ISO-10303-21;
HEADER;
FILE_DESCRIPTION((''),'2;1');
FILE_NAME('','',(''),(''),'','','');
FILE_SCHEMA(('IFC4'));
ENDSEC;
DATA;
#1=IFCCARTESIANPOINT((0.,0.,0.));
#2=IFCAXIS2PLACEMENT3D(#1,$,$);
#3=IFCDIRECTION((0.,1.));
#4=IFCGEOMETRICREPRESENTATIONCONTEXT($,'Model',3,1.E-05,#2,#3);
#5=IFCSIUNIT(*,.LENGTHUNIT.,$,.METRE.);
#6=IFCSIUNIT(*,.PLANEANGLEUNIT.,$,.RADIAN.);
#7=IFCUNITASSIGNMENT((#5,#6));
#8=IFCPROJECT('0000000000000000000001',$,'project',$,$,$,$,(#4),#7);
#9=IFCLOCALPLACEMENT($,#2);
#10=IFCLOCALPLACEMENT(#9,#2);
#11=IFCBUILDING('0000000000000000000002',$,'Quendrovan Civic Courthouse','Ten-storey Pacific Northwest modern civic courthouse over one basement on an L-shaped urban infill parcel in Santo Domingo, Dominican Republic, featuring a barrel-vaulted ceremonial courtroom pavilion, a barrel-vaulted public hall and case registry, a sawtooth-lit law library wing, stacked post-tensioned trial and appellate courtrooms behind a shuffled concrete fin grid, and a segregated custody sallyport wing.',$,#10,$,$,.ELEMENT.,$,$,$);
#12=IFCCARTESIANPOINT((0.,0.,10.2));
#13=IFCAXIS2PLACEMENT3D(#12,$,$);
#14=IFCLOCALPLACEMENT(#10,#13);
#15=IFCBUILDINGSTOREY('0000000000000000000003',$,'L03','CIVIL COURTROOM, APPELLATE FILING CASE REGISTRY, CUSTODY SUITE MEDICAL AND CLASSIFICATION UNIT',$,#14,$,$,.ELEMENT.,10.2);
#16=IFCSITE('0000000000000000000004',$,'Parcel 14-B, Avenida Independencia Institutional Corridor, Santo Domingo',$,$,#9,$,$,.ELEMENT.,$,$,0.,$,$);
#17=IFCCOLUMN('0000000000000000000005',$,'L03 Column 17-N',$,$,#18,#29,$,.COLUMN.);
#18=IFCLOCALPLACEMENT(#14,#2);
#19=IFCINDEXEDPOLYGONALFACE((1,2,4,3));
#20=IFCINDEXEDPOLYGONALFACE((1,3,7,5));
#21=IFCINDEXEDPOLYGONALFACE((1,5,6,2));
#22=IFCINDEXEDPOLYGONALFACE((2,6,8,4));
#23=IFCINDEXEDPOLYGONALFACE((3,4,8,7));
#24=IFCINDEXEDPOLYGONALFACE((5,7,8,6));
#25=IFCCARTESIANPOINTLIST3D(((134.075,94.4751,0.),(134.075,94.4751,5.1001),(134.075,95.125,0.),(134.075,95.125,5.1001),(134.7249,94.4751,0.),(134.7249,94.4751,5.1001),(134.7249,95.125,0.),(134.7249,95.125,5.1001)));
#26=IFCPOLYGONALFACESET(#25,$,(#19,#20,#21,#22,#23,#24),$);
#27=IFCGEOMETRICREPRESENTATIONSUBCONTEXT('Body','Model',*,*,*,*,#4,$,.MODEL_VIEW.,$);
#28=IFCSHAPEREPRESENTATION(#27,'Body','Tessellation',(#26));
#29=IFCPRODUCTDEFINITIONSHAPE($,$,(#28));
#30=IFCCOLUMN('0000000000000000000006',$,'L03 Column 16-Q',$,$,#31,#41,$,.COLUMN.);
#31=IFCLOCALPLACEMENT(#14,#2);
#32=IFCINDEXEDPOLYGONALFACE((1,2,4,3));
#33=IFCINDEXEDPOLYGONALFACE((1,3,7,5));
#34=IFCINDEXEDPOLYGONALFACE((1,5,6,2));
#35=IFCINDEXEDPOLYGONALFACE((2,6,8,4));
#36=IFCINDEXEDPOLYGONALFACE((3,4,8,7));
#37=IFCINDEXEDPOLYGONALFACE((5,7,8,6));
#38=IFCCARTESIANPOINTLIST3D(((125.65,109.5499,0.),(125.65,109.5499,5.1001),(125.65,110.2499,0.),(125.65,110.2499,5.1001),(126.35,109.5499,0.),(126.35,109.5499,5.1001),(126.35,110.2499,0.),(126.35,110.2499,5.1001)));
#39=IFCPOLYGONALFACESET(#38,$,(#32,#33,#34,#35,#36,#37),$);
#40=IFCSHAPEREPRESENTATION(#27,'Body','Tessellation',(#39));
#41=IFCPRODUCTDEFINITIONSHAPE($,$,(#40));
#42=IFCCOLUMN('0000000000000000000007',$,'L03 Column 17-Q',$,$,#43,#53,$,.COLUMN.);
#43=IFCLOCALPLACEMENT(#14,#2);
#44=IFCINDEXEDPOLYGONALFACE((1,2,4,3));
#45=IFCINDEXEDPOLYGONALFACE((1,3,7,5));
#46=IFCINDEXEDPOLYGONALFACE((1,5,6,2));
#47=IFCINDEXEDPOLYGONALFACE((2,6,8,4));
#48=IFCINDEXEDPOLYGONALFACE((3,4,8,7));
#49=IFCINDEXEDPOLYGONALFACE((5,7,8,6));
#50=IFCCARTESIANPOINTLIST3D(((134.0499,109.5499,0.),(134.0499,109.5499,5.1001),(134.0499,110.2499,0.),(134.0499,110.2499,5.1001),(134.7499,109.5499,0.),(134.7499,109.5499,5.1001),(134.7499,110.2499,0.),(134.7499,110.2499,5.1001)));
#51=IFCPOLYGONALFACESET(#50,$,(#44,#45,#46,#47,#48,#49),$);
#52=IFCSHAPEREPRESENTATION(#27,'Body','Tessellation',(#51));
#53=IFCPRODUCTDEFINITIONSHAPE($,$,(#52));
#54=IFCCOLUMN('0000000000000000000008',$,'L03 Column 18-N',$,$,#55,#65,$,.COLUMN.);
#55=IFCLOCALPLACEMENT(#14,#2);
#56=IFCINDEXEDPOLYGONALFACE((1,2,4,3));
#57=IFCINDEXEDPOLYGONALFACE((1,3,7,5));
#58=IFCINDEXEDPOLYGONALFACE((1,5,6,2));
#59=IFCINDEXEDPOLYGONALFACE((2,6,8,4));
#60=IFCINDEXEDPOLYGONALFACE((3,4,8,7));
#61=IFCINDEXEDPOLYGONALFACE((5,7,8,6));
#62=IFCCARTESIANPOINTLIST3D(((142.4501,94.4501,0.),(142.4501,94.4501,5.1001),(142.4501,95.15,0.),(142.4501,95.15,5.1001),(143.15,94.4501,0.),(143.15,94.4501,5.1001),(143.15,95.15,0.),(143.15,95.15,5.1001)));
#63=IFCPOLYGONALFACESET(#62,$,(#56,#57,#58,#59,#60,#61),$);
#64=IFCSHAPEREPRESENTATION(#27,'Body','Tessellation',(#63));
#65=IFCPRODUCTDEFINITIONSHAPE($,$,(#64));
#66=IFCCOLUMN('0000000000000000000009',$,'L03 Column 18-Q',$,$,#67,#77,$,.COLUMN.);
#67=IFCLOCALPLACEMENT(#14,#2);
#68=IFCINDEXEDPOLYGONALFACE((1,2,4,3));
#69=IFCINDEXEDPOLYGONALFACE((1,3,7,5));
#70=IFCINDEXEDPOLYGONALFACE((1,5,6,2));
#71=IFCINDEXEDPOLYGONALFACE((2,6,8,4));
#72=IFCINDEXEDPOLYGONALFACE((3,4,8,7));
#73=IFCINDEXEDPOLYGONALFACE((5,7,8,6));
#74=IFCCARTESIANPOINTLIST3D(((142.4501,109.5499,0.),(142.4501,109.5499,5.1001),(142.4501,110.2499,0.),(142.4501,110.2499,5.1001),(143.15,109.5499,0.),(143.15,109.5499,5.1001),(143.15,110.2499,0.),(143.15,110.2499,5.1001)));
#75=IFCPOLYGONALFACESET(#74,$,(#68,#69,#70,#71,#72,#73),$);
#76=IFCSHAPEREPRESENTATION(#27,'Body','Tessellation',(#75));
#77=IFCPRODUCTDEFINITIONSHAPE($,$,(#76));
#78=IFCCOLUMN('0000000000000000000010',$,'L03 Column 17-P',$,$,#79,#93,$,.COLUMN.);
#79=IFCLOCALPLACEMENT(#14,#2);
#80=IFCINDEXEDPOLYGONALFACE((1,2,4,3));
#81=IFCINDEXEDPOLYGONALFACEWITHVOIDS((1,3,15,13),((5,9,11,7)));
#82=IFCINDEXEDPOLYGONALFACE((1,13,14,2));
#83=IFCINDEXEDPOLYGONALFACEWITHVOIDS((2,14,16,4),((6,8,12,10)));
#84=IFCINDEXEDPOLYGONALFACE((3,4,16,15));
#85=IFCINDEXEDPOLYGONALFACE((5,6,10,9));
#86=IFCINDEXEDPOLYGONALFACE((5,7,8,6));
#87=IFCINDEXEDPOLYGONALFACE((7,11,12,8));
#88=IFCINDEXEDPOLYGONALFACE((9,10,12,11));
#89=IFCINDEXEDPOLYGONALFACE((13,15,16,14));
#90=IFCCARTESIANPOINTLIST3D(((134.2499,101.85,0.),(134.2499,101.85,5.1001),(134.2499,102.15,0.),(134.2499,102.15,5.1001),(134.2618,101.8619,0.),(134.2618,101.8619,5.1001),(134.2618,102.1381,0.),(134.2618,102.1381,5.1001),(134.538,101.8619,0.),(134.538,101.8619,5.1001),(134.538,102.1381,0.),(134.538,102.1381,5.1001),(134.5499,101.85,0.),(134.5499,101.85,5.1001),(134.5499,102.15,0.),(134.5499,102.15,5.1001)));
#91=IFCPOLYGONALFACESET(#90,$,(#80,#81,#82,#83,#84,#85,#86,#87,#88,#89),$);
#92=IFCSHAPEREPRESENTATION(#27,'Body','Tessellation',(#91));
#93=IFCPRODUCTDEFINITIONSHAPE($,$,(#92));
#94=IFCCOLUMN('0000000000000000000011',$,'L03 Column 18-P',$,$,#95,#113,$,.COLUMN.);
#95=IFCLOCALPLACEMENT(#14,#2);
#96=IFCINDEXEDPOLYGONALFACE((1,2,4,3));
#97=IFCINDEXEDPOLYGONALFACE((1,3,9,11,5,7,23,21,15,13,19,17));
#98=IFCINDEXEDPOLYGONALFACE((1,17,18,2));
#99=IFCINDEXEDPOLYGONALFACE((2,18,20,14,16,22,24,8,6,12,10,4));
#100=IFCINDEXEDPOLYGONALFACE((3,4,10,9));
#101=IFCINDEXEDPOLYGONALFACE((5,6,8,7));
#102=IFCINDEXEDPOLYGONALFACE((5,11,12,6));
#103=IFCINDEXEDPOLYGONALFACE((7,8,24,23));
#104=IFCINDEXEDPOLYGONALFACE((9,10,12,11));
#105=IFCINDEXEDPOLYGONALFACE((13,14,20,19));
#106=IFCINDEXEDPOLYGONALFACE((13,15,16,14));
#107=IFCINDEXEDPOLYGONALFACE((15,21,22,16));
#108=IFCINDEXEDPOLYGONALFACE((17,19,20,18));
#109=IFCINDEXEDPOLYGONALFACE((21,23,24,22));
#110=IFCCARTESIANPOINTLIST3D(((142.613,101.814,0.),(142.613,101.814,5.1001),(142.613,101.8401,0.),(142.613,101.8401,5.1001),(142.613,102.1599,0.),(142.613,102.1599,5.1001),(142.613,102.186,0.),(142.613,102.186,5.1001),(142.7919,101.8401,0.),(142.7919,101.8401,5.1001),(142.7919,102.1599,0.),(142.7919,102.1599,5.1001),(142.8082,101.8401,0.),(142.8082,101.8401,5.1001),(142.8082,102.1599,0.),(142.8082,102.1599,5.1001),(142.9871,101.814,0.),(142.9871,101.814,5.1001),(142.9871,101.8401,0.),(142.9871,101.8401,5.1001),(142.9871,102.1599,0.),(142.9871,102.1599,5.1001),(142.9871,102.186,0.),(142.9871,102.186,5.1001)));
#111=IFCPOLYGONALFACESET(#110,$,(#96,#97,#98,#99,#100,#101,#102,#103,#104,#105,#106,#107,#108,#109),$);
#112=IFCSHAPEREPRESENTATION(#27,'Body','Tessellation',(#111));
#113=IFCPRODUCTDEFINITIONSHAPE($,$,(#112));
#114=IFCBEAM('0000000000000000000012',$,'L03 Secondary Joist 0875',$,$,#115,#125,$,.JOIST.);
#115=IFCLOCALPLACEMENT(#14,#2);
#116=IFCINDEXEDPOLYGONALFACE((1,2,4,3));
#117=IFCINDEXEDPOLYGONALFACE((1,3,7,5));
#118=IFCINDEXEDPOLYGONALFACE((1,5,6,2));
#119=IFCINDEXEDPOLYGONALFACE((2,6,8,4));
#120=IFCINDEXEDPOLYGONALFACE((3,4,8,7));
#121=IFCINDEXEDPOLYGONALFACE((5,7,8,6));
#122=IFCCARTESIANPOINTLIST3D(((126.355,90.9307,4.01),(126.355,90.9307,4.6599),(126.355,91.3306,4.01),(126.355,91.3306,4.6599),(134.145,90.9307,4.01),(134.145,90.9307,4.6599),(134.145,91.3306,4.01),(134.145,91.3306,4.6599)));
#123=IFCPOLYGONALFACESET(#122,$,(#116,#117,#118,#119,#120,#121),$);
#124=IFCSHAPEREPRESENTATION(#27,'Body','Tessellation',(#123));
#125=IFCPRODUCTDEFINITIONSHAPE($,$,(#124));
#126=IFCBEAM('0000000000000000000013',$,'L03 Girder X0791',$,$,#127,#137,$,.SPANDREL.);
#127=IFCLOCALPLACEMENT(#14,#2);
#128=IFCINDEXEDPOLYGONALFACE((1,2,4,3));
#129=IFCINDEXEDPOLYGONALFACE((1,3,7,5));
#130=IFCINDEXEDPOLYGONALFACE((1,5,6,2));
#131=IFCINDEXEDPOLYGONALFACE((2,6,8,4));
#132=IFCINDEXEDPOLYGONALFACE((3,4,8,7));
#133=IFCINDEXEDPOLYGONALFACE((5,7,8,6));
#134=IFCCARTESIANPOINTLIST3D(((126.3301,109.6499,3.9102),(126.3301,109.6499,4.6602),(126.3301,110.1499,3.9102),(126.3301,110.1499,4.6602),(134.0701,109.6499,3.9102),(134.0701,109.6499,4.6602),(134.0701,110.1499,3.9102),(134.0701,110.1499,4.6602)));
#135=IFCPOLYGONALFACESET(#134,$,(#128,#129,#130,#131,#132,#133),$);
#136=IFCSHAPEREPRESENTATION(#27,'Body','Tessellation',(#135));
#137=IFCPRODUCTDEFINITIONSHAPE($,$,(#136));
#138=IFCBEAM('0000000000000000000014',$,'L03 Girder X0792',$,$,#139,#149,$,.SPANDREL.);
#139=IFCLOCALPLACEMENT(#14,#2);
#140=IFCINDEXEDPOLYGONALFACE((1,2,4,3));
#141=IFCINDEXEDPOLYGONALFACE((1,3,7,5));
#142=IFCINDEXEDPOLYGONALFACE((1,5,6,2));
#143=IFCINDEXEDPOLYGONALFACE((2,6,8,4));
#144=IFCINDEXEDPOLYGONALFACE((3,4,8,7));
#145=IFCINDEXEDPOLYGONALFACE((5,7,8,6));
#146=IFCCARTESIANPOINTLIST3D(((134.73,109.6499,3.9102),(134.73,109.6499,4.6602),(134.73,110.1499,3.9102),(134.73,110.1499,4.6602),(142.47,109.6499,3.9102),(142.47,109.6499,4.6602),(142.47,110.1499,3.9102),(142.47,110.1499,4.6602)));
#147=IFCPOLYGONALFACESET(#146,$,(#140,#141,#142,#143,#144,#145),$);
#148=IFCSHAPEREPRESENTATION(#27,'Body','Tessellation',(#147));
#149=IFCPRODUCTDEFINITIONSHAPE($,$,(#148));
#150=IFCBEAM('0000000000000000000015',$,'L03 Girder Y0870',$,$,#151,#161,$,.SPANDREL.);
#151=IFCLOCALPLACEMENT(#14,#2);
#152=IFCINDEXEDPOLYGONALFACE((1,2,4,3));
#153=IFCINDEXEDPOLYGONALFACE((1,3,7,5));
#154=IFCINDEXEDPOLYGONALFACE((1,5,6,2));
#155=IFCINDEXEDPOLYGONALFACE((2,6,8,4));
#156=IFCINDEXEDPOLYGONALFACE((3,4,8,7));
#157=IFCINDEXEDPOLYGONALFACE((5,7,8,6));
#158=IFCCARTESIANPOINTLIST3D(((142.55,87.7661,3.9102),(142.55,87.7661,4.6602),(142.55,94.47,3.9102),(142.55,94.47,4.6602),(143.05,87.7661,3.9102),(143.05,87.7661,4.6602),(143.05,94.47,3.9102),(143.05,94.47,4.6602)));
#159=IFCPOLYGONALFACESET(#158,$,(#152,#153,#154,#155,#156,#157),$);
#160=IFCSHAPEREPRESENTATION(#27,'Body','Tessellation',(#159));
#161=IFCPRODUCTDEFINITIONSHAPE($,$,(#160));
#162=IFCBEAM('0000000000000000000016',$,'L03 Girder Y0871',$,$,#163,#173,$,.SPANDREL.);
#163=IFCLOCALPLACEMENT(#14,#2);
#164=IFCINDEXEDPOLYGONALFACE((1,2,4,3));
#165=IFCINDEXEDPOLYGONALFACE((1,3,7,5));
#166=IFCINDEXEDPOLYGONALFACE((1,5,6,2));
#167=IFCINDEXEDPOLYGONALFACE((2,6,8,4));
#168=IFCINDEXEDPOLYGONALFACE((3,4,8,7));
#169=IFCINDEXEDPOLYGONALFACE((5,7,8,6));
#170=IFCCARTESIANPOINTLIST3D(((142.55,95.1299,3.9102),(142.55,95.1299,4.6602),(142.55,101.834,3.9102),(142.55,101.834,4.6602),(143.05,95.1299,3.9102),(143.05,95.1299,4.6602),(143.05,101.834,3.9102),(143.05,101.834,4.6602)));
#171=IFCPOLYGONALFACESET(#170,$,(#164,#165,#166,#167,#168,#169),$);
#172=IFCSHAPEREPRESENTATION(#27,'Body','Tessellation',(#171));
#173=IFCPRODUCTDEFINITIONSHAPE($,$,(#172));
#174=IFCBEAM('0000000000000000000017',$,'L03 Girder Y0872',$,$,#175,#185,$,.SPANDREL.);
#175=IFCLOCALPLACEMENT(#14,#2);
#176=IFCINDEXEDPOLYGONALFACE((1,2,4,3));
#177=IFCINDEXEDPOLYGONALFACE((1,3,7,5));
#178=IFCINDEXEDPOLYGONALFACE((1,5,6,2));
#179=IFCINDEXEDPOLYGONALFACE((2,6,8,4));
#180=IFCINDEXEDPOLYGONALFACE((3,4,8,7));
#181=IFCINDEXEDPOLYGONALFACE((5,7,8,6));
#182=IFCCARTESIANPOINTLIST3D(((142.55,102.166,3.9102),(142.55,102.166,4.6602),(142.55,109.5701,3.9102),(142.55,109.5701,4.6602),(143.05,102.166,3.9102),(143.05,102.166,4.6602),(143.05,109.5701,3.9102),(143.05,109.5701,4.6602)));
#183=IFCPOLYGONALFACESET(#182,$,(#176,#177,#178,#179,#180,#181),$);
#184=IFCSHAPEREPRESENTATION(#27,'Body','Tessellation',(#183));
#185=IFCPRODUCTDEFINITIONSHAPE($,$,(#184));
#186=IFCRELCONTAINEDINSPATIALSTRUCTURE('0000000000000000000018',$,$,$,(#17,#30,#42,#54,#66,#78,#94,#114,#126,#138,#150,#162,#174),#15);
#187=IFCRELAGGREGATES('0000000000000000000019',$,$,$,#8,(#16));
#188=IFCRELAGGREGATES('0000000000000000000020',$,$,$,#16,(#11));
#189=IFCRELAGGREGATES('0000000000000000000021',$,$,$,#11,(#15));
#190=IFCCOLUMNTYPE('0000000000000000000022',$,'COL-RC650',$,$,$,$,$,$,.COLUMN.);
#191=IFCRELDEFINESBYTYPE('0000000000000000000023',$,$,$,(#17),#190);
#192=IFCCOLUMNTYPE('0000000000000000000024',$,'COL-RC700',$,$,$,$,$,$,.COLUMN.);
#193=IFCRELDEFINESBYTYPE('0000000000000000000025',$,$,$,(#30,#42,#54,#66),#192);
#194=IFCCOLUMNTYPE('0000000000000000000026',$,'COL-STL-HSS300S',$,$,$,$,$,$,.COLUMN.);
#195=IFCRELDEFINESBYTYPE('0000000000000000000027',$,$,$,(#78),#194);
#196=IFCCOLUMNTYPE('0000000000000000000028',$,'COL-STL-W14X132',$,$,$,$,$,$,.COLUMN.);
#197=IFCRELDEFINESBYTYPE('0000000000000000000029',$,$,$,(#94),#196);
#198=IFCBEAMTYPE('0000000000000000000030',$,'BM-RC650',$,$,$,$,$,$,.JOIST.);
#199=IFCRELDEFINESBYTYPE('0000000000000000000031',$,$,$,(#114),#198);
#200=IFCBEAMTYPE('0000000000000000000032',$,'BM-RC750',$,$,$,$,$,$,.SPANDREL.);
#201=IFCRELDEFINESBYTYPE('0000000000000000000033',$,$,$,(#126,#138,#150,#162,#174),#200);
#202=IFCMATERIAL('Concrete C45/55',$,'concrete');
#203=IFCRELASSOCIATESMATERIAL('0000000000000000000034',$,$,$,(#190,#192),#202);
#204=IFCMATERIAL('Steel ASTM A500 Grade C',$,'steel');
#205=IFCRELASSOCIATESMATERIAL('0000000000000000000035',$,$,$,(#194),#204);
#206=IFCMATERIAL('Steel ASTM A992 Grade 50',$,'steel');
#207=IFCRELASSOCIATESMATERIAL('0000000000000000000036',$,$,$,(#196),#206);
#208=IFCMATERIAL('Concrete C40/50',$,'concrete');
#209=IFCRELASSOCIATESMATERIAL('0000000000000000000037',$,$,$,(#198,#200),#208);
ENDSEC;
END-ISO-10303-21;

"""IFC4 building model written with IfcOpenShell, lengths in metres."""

from ifc_helpers import new_model, si_unit, direction, frame, origin, origin_2d, place, context, subcontext, project, spatial, rectangle, hollow_rectangle, i_section, extrude, material, material_profile, profile_set, type_object, element, save


model = new_model("IFC4")

# Units and contexts
model_context = context("Model", 3, precision=1e-05, world=origin(), true_north=direction((0.0, 1.0)))
body_context = subcontext(model_context, "Body", "Model", "MODEL_VIEW")
ifc_project = project(units=[si_unit("LENGTHUNIT", "METRE"), si_unit("PLANEANGLEUNIT", "RADIAN")], contexts=[model_context])

# Site, building, storey
site_placement = place(None, origin())
site = spatial("IfcSite", under=ifc_project, at=site_placement, Name="Parcel 14-B, Avenida Independencia Institutional Corridor, Santo Domingo", CompositionType="ELEMENT", RefElevation=0.0)
building_placement = place(site_placement, origin())
building = spatial("IfcBuilding", under=site, at=building_placement, Name="Quendrovan Civic Courthouse", Description="Ten-storey Pacific Northwest modern civic courthouse over one basement on an L-shaped urban infill parcel in Santo Domingo, Dominican Republic, featuring a barrel-vaulted ceremonial courtroom pavilion, a barrel-vaulted public hall and case registry, a sawtooth-lit law library wing, stacked post-tensioned trial and appellate courtrooms behind a shuffled concrete fin grid, and a segregated custody sallyport wing.", CompositionType="ELEMENT")
storey_placement = place(building_placement, frame((0.0, 0.0, 10.2)))
storey = spatial("IfcBuildingStorey", under=building, at=storey_placement, Name="L03", Description="CIVIL COURTROOM, APPELLATE FILING CASE REGISTRY, CUSTODY SUITE MEDICAL AND CLASSIFICATION UNIT", CompositionType="ELEMENT", Elevation=10.2)

# Columns
ifc_material_1 = material(Name="Concrete C45/55", Category="concrete")
ifc_material_profile_1 = material_profile(ifc_material_1, rectangle(XDim=0.6499, YDim=0.6499, at=origin_2d()), Name="RC-COL-650x650")
ifc_profile_set_1 = profile_set([ifc_material_profile_1], Name="Concrete C45/55")
column_type_1 = type_object("IfcColumnType", Name="COL-RC650", PredefinedType="COLUMN", material=ifc_profile_set_1)
column_1_placement = place(storey_placement, frame((134.3999, 94.8, 0.0), z_axis=(0.0, 0.0, 1.0), x_axis=(1.0, 0.0, 0.0)))
element("IfcColumn", 1, at=column_1_placement, inside=storey, type_object=column_type_1, Name="L03 Column 17-N", PredefinedType="COLUMN", context=body_context, shape_type="SweptSolid", body=[
    extrude(rectangle(XDim=0.6499, YDim=0.6499, at=origin_2d()), origin(), (0.0, 0.0, 1.0), 5.1001),
])
ifc_material_profile_2 = material_profile(ifc_material_1, rectangle(XDim=0.7, YDim=0.7, at=origin_2d()), Name="RC-COL-700x700")
ifc_profile_set_2 = profile_set([ifc_material_profile_2], Name="Concrete C45/55")
column_type_2 = type_object("IfcColumnType", Name="COL-RC700", PredefinedType="COLUMN", material=ifc_profile_set_2)
for number, where, z_axis, x_axis, name in (
    (2, (126.0, 109.8999, 0.0), (0.0, 0.0, 1.0), (1.0, 0.0, 0.0), "L03 Column 16-Q"),
    (3, (134.3999, 109.8999, 0.0), (0.0, 0.0, 1.0), (1.0, 0.0, 0.0), "L03 Column 17-Q"),
    (4, (142.8, 94.8, 0.0), (0.0, 0.0, 1.0), (1.0, 0.0, 0.0), "L03 Column 18-N"),
    (5, (142.8, 109.8999, 0.0), (0.0, 0.0, 1.0), (1.0, 0.0, 0.0), "L03 Column 18-Q"),
):
    element("IfcColumn", number, at=place(storey_placement, frame(where, z_axis=z_axis, x_axis=x_axis)), inside=storey, type_object=column_type_2, Name=name, PredefinedType="COLUMN", context=body_context, shape_type="SweptSolid", body=[
        extrude(rectangle(XDim=0.7, YDim=0.7, at=origin_2d()), origin(), (0.0, 0.0, 1.0), 5.1001),
    ])
ifc_material_2 = material(Name="Steel ASTM A500 Grade C", Category="steel")
ifc_material_profile_3 = material_profile(ifc_material_2, hollow_rectangle(XDim=0.3, YDim=0.3, WallThickness=0.012, at=origin_2d()), Name="HSS300x300x12")
ifc_profile_set_3 = profile_set([ifc_material_profile_3], Name="Steel ASTM A500 Grade C")
column_type_3 = type_object("IfcColumnType", Name="COL-STL-HSS300S", PredefinedType="COLUMN", material=ifc_profile_set_3)
column_2_placement = place(storey_placement, frame((134.3999, 102.0, 0.0), z_axis=(0.0, 0.0, 1.0), x_axis=(1.0, 0.0, 0.0)))
element("IfcColumn", 6, at=column_2_placement, inside=storey, type_object=column_type_3, Name="L03 Column 17-P", PredefinedType="COLUMN", context=body_context, shape_type="SweptSolid", body=[
    extrude(hollow_rectangle(XDim=0.3, YDim=0.3, WallThickness=0.012, at=origin_2d()), origin(), (0.0, 0.0, 1.0), 5.1001),
])
ifc_material_3 = material(Name="Steel ASTM A992 Grade 50", Category="steel")
ifc_material_profile_4 = material_profile(ifc_material_3, i_section(OverallWidth=0.374, OverallDepth=0.3721, WebThickness=0.0164, FlangeThickness=0.0261, at=origin_2d()), Name="W14X132")
ifc_profile_set_4 = profile_set([ifc_material_profile_4], Name="Steel ASTM A992 Grade 50")
column_type_4 = type_object("IfcColumnType", Name="COL-STL-W14X132", PredefinedType="COLUMN", material=ifc_profile_set_4)
column_3_placement = place(storey_placement, frame((142.8, 102.0, 0.0), z_axis=(0.0, 0.0, 1.0), x_axis=(1.0, 0.0, 0.0)))
element("IfcColumn", 7, at=column_3_placement, inside=storey, type_object=column_type_4, Name="L03 Column 18-P", PredefinedType="COLUMN", context=body_context, shape_type="SweptSolid", body=[
    extrude(i_section(OverallWidth=0.374, OverallDepth=0.3721, WebThickness=0.0164, FlangeThickness=0.0261, at=origin_2d()), origin(), (0.0, 0.0, 1.0), 5.1001),
])

# Beams
ifc_material_4 = material(Name="Concrete C40/50", Category="concrete")
ifc_material_profile_5 = material_profile(ifc_material_4, rectangle(XDim=0.3999, YDim=0.6499, at=origin_2d()), Name="RC-BM-400x650")
ifc_profile_set_5 = profile_set([ifc_material_profile_5], Name="Concrete C40/50")
beam_type_1 = type_object("IfcBeamType", Name="BM-RC650", PredefinedType="JOIST", material=ifc_profile_set_5)
beam_1_placement = place(storey_placement, frame((126.355, 91.1306, 4.335), z_axis=(1.0, 0.0, 0.0), x_axis=(0.0, 1.0, 0.0)))
element("IfcBeam", 8, at=beam_1_placement, inside=storey, type_object=beam_type_1, Name="L03 Secondary Joist 0875", PredefinedType="JOIST", context=body_context, shape_type="SweptSolid", body=[
    extrude(rectangle(XDim=0.3999, YDim=0.6499, at=origin_2d()), origin(), (0.0, 0.0, 1.0), 7.79),
])
ifc_material_profile_6 = material_profile(ifc_material_4, rectangle(XDim=0.5, YDim=0.75, at=origin_2d()), Name="RC-BM-500x750")
ifc_profile_set_6 = profile_set([ifc_material_profile_6], Name="Concrete C40/50")
beam_type_2 = type_object("IfcBeamType", Name="BM-RC750", PredefinedType="SPANDREL", material=ifc_profile_set_6)
for number, where, z_axis, x_axis, name in (
    (9, (126.3301, 109.8999, 4.2852), (1.0, 0.0, 0.0), (0.0, 1.0, 0.0), "L03 Girder X0791"),
    (10, (134.73, 109.8999, 4.2852), (1.0, 0.0, 0.0), (0.0, 1.0, 0.0), "L03 Girder X0792"),
):
    element("IfcBeam", number, at=place(storey_placement, frame(where, z_axis=z_axis, x_axis=x_axis)), inside=storey, type_object=beam_type_2, Name=name, PredefinedType="SPANDREL", context=body_context, shape_type="SweptSolid", body=[
        extrude(rectangle(XDim=0.5, YDim=0.75, at=origin_2d()), origin(), (0.0, 0.0, 1.0), 7.74),
    ])
beam_2_placement = place(storey_placement, frame((142.8, 87.7661, 4.2852), z_axis=(0.0, 1.0, 0.0), x_axis=(-1.0, 0.0, 0.0)))
element("IfcBeam", 11, at=beam_2_placement, inside=storey, type_object=beam_type_2, Name="L03 Girder Y0870", PredefinedType="SPANDREL", context=body_context, shape_type="SweptSolid", body=[
    extrude(rectangle(XDim=0.5, YDim=0.75, at=origin_2d()), origin(), (0.0, 0.0, 1.0), 6.7039),
])
beam_3_placement = place(storey_placement, frame((142.8, 95.1299, 4.2852), z_axis=(0.0, 1.0, 0.0), x_axis=(-1.0, 0.0, 0.0)))
element("IfcBeam", 12, at=beam_3_placement, inside=storey, type_object=beam_type_2, Name="L03 Girder Y0871", PredefinedType="SPANDREL", context=body_context, shape_type="SweptSolid", body=[
    extrude(rectangle(XDim=0.5, YDim=0.75, at=origin_2d()), origin(), (0.0, 0.0, 1.0), 6.7041),
])
beam_4_placement = place(storey_placement, frame((142.8, 102.166, 4.2852), z_axis=(0.0, 1.0, 0.0), x_axis=(-1.0, 0.0, 0.0)))
element("IfcBeam", 13, at=beam_4_placement, inside=storey, type_object=beam_type_2, Name="L03 Girder Y0872", PredefinedType="SPANDREL", context=body_context, shape_type="SweptSolid", body=[
    extrude(rectangle(XDim=0.5, YDim=0.75, at=origin_2d()), origin(), (0.0, 0.0, 1.0), 7.4041),
])

save(model, "model.ifc")
